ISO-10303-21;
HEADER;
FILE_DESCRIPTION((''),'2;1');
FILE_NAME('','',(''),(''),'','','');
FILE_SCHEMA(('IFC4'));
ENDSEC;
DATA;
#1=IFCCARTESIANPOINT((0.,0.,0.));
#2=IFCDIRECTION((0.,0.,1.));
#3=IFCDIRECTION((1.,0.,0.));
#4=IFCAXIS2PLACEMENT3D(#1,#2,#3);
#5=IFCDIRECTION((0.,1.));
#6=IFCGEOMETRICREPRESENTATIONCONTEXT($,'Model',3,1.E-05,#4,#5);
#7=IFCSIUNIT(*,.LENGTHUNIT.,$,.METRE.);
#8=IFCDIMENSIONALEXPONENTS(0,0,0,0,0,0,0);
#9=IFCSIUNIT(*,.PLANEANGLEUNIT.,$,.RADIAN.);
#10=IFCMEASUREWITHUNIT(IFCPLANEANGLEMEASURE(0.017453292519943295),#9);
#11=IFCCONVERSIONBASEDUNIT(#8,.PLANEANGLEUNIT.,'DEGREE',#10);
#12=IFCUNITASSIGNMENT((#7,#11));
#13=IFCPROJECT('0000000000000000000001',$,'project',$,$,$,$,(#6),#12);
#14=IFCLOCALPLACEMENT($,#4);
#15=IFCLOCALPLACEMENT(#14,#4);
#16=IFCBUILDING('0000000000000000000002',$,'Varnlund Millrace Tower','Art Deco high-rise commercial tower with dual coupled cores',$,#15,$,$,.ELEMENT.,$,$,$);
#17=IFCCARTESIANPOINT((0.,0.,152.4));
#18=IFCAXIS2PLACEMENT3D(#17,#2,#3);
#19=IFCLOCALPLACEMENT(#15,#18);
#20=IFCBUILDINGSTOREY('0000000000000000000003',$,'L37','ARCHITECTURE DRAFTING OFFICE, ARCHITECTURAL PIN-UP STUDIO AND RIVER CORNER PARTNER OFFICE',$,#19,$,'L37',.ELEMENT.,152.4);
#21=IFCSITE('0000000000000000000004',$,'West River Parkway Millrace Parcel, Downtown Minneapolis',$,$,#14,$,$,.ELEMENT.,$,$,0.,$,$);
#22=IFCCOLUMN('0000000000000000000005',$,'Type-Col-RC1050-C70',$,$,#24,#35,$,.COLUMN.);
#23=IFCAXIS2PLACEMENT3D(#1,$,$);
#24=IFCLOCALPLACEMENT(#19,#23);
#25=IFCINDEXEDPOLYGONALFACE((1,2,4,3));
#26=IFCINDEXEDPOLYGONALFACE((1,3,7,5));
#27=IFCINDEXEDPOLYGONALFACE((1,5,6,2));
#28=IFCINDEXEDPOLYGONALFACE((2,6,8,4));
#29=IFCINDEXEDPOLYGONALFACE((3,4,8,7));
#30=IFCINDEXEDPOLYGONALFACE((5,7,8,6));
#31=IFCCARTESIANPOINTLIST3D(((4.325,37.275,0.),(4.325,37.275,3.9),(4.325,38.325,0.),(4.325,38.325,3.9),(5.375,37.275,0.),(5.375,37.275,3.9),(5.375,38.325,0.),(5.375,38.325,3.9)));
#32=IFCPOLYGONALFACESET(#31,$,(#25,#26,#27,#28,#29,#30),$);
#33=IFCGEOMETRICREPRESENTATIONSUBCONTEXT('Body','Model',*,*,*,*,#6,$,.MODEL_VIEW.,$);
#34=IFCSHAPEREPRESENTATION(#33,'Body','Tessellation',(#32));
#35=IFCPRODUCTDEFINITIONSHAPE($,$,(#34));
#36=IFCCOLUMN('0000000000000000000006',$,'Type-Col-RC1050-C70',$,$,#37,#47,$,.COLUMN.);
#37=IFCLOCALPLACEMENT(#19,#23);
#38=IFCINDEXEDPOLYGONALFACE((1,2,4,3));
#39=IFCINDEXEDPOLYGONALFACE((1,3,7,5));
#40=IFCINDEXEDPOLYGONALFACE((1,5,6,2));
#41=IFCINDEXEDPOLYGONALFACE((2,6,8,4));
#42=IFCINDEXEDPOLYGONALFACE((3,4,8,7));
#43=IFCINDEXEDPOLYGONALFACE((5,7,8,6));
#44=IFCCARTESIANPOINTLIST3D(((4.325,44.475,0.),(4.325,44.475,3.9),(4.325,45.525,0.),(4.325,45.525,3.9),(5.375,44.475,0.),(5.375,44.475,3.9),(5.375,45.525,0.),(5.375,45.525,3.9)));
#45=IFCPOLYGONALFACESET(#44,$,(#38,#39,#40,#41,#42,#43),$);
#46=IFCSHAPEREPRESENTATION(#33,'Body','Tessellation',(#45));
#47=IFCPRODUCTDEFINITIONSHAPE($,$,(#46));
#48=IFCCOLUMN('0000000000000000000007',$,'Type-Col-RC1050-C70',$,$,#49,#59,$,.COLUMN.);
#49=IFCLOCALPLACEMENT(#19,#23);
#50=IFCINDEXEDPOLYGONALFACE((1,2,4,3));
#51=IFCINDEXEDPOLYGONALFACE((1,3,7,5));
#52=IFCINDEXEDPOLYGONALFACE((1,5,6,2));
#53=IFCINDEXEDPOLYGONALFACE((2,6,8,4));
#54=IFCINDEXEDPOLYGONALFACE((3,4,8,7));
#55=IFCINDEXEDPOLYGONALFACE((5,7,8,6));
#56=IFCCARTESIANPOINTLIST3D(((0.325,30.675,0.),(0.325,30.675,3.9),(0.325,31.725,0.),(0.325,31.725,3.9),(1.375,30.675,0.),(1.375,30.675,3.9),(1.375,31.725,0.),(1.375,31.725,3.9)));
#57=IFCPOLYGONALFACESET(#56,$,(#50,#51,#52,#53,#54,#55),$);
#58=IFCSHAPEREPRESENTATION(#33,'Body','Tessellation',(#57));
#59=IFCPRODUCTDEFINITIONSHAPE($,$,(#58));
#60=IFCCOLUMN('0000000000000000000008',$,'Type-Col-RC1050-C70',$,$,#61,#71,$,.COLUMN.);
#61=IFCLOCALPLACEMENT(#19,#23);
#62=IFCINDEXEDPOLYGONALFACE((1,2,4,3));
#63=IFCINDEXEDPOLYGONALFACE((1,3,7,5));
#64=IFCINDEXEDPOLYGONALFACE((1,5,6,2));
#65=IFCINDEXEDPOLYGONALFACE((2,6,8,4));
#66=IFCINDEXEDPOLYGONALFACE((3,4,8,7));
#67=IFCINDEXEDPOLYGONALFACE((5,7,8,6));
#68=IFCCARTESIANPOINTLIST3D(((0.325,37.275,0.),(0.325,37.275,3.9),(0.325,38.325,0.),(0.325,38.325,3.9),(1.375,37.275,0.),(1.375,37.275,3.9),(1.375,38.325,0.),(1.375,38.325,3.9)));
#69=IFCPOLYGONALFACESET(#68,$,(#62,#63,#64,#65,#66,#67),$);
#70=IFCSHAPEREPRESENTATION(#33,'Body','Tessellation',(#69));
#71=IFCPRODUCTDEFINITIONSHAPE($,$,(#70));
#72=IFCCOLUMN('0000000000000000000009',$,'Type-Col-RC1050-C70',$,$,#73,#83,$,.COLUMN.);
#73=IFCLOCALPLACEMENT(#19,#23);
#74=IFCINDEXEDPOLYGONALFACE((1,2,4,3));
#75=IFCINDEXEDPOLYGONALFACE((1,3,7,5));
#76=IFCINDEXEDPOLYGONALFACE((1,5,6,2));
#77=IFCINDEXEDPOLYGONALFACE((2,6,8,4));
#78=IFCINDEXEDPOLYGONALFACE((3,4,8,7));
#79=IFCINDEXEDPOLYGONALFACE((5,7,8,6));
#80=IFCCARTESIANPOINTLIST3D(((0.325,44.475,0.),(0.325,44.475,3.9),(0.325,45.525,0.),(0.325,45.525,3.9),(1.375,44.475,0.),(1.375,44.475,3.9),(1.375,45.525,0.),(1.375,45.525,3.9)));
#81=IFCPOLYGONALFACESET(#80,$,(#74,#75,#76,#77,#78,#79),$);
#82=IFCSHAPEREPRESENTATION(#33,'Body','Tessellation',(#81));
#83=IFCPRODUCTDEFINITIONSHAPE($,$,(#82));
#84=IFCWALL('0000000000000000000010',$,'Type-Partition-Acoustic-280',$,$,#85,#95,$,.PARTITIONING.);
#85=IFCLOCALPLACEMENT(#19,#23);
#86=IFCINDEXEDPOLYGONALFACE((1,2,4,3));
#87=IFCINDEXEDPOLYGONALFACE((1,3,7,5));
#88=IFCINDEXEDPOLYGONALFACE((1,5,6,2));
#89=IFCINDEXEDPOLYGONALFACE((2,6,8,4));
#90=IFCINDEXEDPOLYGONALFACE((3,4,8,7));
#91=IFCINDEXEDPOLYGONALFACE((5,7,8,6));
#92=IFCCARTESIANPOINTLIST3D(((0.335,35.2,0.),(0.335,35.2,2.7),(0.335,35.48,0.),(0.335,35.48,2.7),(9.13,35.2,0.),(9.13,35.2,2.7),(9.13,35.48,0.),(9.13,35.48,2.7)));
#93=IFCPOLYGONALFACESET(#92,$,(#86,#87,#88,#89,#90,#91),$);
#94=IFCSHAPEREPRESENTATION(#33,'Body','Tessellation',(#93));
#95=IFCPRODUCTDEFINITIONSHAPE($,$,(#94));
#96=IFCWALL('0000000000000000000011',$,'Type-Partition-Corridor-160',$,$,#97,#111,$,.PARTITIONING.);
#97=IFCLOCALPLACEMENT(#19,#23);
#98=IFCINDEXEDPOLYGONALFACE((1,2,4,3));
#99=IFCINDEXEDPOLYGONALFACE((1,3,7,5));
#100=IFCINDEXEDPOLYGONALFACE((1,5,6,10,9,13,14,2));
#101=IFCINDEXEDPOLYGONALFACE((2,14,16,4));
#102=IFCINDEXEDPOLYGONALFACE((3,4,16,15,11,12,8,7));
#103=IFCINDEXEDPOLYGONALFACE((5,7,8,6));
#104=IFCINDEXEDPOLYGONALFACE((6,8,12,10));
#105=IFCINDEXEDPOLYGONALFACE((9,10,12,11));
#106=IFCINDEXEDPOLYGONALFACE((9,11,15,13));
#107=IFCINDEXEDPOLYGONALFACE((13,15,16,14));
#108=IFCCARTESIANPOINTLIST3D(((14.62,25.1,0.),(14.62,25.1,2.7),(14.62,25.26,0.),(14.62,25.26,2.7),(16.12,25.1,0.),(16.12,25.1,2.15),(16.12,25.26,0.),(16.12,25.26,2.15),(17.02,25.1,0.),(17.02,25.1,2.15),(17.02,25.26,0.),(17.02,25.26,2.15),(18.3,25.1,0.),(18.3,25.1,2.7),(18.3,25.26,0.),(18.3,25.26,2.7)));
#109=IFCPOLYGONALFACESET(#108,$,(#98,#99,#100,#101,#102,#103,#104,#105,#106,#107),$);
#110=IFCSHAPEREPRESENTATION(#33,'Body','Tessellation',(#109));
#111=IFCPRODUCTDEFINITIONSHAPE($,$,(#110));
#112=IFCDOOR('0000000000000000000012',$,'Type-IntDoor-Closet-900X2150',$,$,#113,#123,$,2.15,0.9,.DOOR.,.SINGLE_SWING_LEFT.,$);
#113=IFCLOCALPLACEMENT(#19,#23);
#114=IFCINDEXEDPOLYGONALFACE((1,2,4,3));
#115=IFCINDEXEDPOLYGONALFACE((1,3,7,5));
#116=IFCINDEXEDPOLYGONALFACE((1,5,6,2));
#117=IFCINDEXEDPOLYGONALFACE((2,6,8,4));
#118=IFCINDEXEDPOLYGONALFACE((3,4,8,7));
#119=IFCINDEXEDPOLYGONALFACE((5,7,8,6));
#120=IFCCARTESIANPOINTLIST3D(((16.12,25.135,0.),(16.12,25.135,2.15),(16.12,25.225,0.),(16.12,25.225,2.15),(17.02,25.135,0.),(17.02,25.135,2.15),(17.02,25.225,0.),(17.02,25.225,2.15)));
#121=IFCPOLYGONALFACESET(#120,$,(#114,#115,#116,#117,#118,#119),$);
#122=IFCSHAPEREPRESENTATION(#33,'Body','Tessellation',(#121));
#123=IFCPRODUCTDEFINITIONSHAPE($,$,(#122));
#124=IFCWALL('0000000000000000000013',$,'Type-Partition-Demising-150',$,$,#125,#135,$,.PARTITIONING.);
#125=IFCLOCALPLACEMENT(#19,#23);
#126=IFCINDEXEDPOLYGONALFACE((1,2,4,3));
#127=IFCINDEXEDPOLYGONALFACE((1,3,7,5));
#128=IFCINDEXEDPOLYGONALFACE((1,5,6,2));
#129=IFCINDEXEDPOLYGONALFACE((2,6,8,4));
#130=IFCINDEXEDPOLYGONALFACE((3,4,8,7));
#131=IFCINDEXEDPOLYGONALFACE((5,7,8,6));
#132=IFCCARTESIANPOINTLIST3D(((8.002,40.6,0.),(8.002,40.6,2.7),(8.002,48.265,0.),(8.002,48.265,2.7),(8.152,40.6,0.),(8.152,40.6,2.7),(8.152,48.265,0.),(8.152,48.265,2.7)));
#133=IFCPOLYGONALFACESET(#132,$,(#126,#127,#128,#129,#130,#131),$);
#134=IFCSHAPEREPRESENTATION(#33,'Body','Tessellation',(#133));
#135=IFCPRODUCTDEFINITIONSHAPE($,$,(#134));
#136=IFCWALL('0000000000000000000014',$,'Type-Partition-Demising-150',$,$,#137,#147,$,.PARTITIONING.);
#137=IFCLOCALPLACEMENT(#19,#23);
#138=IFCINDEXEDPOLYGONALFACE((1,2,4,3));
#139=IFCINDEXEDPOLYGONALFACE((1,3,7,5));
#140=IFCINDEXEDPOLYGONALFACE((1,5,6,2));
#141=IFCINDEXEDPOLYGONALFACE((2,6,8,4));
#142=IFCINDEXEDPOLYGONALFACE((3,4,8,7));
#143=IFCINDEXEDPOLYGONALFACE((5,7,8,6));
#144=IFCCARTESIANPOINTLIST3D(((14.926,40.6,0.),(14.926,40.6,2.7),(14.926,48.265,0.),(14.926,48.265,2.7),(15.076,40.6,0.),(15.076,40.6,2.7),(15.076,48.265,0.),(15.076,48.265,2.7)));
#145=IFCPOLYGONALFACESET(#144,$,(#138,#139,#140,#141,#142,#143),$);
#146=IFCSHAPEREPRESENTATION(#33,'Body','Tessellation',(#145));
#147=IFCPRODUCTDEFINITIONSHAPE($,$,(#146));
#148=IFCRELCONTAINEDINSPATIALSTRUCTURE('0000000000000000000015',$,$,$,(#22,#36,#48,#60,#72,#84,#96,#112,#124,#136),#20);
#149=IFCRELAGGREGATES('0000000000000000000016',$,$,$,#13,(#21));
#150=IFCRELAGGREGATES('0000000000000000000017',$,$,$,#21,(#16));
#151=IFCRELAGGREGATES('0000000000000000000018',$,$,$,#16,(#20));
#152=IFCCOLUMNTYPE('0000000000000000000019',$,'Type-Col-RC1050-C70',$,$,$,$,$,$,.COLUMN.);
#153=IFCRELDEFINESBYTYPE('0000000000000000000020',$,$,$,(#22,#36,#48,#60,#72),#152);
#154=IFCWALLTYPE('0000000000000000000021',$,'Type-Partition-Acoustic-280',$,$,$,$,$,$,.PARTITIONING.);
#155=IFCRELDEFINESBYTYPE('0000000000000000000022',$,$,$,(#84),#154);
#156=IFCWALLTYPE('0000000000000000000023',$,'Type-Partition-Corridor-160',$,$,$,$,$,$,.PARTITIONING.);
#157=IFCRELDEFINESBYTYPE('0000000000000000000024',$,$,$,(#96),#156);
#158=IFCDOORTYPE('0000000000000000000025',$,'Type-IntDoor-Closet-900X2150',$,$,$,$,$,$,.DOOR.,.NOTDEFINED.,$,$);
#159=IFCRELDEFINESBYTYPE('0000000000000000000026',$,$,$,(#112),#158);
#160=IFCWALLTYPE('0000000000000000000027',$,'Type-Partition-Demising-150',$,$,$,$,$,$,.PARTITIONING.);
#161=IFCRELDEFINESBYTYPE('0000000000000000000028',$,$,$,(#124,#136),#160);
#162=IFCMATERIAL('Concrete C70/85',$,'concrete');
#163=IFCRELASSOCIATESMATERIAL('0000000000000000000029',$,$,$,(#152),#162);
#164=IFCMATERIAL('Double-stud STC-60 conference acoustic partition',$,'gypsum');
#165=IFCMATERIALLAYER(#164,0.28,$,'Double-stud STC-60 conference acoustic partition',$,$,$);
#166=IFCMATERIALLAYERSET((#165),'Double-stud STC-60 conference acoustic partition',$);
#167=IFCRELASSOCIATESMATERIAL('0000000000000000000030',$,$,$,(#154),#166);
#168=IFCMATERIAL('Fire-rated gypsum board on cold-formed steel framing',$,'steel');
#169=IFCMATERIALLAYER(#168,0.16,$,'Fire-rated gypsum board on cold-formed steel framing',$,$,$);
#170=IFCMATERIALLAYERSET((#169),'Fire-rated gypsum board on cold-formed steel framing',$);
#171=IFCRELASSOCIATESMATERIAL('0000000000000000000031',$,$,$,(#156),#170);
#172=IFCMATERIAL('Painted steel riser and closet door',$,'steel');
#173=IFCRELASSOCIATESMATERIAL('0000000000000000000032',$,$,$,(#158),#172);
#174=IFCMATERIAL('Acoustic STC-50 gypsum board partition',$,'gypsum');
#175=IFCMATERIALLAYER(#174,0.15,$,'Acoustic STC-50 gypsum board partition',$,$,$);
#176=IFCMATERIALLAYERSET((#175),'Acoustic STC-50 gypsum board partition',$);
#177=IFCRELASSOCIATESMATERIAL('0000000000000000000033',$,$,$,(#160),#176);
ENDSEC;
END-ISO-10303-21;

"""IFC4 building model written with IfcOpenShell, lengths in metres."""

from ifc_helpers import new_model, entity, si_unit, converted_unit, direction, frame, origin_with_axes, origin_2d_with_axis, place, context, subcontext, project, spatial, polyline, rectangle, outline, extrude, material, layer, layer_set, material_profile, profile_set, type_object, element, fill, save


model = new_model("IFC4")

# Units and contexts
model_context = context("Model", 3, precision=1e-05, world=origin_with_axes(), true_north=direction((0.0, 1.0)))
body_context = subcontext(model_context, "Body", "Model", "MODEL_VIEW")
ifc_project = project(units=[si_unit("LENGTHUNIT", "METRE"), converted_unit("PLANEANGLEUNIT", "DEGREE", entity("IfcPlaneAngleMeasure", 0.017453292519943295), si_unit("PLANEANGLEUNIT", "RADIAN"), dimensions=[0, 0, 0, 0, 0, 0, 0])], contexts=[model_context])

# Site, building, storey
site_placement = place(None, origin_with_axes())
site = spatial("IfcSite", under=ifc_project, at=site_placement, Name="West River Parkway Millrace Parcel, Downtown Minneapolis", CompositionType="ELEMENT", RefElevation=0.0)
building_placement = place(site_placement, origin_with_axes())
building = spatial("IfcBuilding", under=site, at=building_placement, Name="Varnlund Millrace Tower", Description="Art Deco high-rise commercial tower with dual coupled cores", CompositionType="ELEMENT")
storey_placement = place(building_placement, frame((0.0, 0.0, 152.4), z_axis=(0.0, 0.0, 1.0), x_axis=(1.0, 0.0, 0.0)))
storey = spatial("IfcBuildingStorey", under=building, at=storey_placement, Name="L37", Description="ARCHITECTURE DRAFTING OFFICE, ARCHITECTURAL PIN-UP STUDIO AND RIVER CORNER PARTNER OFFICE", LongName="L37", CompositionType="ELEMENT", Elevation=152.4)

# Columns
ifc_material_1 = material(Name="Concrete C70/85", Category="concrete")
ifc_material_profile = material_profile(ifc_material_1, rectangle(XDim=1.05, YDim=1.05, at=origin_2d_with_axis()), Name="Concrete C70/85")
ifc_profile_set = profile_set([ifc_material_profile], Name="Concrete C70/85")
column_type = type_object("IfcColumnType", Name="Type-Col-RC1050-C70", PredefinedType="COLUMN", material=ifc_profile_set)
for number, where, z_axis, x_axis, name in (
    (1, (4.85, 37.8, 0.0), (0.0, 0.0, 1.0), (1.0, 0.0, 0.0), "Type-Col-RC1050-C70"),
    (2, (4.85, 45.0, 0.0), (0.0, 0.0, 1.0), (1.0, 0.0, 0.0), "Type-Col-RC1050-C70"),
    (3, (0.85, 31.2, 0.0), (0.0, 0.0, 1.0), (1.0, 0.0, 0.0), "Type-Col-RC1050-C70"),
    (4, (0.85, 37.8, 0.0), (0.0, 0.0, 1.0), (1.0, 0.0, 0.0), "Type-Col-RC1050-C70"),
    (5, (0.85, 45.0, 0.0), (0.0, 0.0, 1.0), (1.0, 0.0, 0.0), "Type-Col-RC1050-C70"),
):
    element("IfcColumn", number, at=place(storey_placement, frame(where, z_axis=z_axis, x_axis=x_axis)), inside=storey, type_object=column_type, Name=name, PredefinedType="COLUMN", context=body_context, shape_type="SweptSolid", body=[
        extrude(rectangle(XDim=1.05, YDim=1.05, at=origin_2d_with_axis()), origin_with_axes(), (0.0, 0.0, 1.0), 3.9),
    ])

# Wall
ifc_material_2 = material(Name="Double-stud STC-60 conference acoustic partition", Category="gypsum")
ifc_layer_1 = layer(ifc_material_2, 0.28, Name="Double-stud STC-60 conference acoustic partition")
ifc_layer_set_1 = layer_set([ifc_layer_1], Name="Double-stud STC-60 conference acoustic partition")
wall_type_1 = type_object("IfcWallType", Name="Type-Partition-Acoustic-280", PredefinedType="PARTITIONING", material=ifc_layer_set_1)
wall_1_placement = place(storey_placement, frame((0.335, 35.34, 0.0), z_axis=(0.0, 0.0, 1.0), x_axis=(1.0, 0.0, 0.0)))
element("IfcWall", 6, at=wall_1_placement, inside=storey, type_object=wall_type_1, Name="Type-Partition-Acoustic-280", PredefinedType="PARTITIONING", context=body_context, shape_type="SweptSolid", body=[
    extrude(outline(polyline([(0.0, -0.14), (8.795, -0.14), (8.795, 0.14), (0.0, 0.14), (0.0, -0.14)])), origin_with_axes(), (0.0, 0.0, 1.0), 2.7),
])

# Wall, opening, door
ifc_material_3 = material(Name="Fire-rated gypsum board on cold-formed steel framing", Category="steel")
ifc_layer_2 = layer(ifc_material_3, 0.16, Name="Fire-rated gypsum board on cold-formed steel framing")
ifc_layer_set_2 = layer_set([ifc_layer_2], Name="Fire-rated gypsum board on cold-formed steel framing")
wall_type_2 = type_object("IfcWallType", Name="Type-Partition-Corridor-160", PredefinedType="PARTITIONING", material=ifc_layer_set_2)
wall_2_placement = place(storey_placement, frame((14.62, 25.18, 0.0), z_axis=(0.0, 0.0, 1.0), x_axis=(1.0, 0.0, 0.0)))
wall_2 = element("IfcWall", 7, at=wall_2_placement, inside=storey, type_object=wall_type_2, Name="Type-Partition-Corridor-160", PredefinedType="PARTITIONING", context=body_context, shape_type="SweptSolid", body=[
    extrude(outline(polyline([(0.0, -0.08), (3.68, -0.08), (3.68, 0.08), (0.0, 0.08), (0.0, -0.08)])), origin_with_axes(), (0.0, 0.0, 1.0), 2.7),
])
opening_1_placement = place(wall_2_placement, frame((1.95, 0.0, 0.0), z_axis=(0.0, 0.0, 1.0), x_axis=(1.0, 0.0, 0.0)))
opening_1 = element("IfcOpeningElement", 8, at=opening_1_placement, cuts=wall_2, PredefinedType="OPENING", context=body_context, shape_type="SweptSolid", body=[
    extrude(rectangle(XDim=0.9, YDim=0.18, at=origin_2d_with_axis()), origin_with_axes(), (0.0, 0.0, 1.0), 2.15),
])
ifc_material_4 = material(Name="Painted steel riser and closet door", Category="steel")
door_type_1 = type_object("IfcDoorType", Name="Type-IntDoor-Closet-900X2150", OperationType="NOTDEFINED", PredefinedType="DOOR", material=ifc_material_4)
door_1_placement = place(wall_2_placement, frame((1.95, 0.0, 0.0), z_axis=(0.0, 0.0, 1.0), x_axis=(1.0, 0.0, 0.0)))
door_1 = element("IfcDoor", 9, at=door_1_placement, inside=storey, type_object=door_type_1, Name="Type-IntDoor-Closet-900X2150", OperationType="SINGLE_SWING_LEFT", OverallHeight=2.15, OverallWidth=0.9, PredefinedType="DOOR", context=body_context, shape_type="SweptSolid", body=[
    extrude(rectangle(XDim=0.9, YDim=0.09, at=origin_2d_with_axis()), origin_with_axes(), (0.0, 0.0, 1.0), 2.15),
])
fill(opening_1, door_1)

# Walls
ifc_material_5 = material(Name="Acoustic STC-50 gypsum board partition", Category="gypsum")
ifc_layer_3 = layer(ifc_material_5, 0.15, Name="Acoustic STC-50 gypsum board partition")
ifc_layer_set_3 = layer_set([ifc_layer_3], Name="Acoustic STC-50 gypsum board partition")
wall_type_3 = type_object("IfcWallType", Name="Type-Partition-Demising-150", PredefinedType="PARTITIONING", material=ifc_layer_set_3)
for number, where, z_axis, x_axis, name in (
    (10, (8.077, 40.6, 0.0), (0.0, 0.0, 1.0), (0.0, 1.0, 0.0), "Type-Partition-Demising-150"),
    (11, (15.001, 40.6, 0.0), (0.0, 0.0, 1.0), (0.0, 1.0, 0.0), "Type-Partition-Demising-150"),
):
    element("IfcWall", number, at=place(storey_placement, frame(where, z_axis=z_axis, x_axis=x_axis)), inside=storey, type_object=wall_type_3, Name=name, PredefinedType="PARTITIONING", context=body_context, shape_type="SweptSolid", body=[
        extrude(outline(polyline([(0.0, -0.075), (7.665, -0.075), (7.665, 0.075), (0.0, 0.075), (0.0, -0.075)])), origin_with_axes(), (0.0, 0.0, 1.0), 2.7),
    ])

save(model, "model.ifc")
